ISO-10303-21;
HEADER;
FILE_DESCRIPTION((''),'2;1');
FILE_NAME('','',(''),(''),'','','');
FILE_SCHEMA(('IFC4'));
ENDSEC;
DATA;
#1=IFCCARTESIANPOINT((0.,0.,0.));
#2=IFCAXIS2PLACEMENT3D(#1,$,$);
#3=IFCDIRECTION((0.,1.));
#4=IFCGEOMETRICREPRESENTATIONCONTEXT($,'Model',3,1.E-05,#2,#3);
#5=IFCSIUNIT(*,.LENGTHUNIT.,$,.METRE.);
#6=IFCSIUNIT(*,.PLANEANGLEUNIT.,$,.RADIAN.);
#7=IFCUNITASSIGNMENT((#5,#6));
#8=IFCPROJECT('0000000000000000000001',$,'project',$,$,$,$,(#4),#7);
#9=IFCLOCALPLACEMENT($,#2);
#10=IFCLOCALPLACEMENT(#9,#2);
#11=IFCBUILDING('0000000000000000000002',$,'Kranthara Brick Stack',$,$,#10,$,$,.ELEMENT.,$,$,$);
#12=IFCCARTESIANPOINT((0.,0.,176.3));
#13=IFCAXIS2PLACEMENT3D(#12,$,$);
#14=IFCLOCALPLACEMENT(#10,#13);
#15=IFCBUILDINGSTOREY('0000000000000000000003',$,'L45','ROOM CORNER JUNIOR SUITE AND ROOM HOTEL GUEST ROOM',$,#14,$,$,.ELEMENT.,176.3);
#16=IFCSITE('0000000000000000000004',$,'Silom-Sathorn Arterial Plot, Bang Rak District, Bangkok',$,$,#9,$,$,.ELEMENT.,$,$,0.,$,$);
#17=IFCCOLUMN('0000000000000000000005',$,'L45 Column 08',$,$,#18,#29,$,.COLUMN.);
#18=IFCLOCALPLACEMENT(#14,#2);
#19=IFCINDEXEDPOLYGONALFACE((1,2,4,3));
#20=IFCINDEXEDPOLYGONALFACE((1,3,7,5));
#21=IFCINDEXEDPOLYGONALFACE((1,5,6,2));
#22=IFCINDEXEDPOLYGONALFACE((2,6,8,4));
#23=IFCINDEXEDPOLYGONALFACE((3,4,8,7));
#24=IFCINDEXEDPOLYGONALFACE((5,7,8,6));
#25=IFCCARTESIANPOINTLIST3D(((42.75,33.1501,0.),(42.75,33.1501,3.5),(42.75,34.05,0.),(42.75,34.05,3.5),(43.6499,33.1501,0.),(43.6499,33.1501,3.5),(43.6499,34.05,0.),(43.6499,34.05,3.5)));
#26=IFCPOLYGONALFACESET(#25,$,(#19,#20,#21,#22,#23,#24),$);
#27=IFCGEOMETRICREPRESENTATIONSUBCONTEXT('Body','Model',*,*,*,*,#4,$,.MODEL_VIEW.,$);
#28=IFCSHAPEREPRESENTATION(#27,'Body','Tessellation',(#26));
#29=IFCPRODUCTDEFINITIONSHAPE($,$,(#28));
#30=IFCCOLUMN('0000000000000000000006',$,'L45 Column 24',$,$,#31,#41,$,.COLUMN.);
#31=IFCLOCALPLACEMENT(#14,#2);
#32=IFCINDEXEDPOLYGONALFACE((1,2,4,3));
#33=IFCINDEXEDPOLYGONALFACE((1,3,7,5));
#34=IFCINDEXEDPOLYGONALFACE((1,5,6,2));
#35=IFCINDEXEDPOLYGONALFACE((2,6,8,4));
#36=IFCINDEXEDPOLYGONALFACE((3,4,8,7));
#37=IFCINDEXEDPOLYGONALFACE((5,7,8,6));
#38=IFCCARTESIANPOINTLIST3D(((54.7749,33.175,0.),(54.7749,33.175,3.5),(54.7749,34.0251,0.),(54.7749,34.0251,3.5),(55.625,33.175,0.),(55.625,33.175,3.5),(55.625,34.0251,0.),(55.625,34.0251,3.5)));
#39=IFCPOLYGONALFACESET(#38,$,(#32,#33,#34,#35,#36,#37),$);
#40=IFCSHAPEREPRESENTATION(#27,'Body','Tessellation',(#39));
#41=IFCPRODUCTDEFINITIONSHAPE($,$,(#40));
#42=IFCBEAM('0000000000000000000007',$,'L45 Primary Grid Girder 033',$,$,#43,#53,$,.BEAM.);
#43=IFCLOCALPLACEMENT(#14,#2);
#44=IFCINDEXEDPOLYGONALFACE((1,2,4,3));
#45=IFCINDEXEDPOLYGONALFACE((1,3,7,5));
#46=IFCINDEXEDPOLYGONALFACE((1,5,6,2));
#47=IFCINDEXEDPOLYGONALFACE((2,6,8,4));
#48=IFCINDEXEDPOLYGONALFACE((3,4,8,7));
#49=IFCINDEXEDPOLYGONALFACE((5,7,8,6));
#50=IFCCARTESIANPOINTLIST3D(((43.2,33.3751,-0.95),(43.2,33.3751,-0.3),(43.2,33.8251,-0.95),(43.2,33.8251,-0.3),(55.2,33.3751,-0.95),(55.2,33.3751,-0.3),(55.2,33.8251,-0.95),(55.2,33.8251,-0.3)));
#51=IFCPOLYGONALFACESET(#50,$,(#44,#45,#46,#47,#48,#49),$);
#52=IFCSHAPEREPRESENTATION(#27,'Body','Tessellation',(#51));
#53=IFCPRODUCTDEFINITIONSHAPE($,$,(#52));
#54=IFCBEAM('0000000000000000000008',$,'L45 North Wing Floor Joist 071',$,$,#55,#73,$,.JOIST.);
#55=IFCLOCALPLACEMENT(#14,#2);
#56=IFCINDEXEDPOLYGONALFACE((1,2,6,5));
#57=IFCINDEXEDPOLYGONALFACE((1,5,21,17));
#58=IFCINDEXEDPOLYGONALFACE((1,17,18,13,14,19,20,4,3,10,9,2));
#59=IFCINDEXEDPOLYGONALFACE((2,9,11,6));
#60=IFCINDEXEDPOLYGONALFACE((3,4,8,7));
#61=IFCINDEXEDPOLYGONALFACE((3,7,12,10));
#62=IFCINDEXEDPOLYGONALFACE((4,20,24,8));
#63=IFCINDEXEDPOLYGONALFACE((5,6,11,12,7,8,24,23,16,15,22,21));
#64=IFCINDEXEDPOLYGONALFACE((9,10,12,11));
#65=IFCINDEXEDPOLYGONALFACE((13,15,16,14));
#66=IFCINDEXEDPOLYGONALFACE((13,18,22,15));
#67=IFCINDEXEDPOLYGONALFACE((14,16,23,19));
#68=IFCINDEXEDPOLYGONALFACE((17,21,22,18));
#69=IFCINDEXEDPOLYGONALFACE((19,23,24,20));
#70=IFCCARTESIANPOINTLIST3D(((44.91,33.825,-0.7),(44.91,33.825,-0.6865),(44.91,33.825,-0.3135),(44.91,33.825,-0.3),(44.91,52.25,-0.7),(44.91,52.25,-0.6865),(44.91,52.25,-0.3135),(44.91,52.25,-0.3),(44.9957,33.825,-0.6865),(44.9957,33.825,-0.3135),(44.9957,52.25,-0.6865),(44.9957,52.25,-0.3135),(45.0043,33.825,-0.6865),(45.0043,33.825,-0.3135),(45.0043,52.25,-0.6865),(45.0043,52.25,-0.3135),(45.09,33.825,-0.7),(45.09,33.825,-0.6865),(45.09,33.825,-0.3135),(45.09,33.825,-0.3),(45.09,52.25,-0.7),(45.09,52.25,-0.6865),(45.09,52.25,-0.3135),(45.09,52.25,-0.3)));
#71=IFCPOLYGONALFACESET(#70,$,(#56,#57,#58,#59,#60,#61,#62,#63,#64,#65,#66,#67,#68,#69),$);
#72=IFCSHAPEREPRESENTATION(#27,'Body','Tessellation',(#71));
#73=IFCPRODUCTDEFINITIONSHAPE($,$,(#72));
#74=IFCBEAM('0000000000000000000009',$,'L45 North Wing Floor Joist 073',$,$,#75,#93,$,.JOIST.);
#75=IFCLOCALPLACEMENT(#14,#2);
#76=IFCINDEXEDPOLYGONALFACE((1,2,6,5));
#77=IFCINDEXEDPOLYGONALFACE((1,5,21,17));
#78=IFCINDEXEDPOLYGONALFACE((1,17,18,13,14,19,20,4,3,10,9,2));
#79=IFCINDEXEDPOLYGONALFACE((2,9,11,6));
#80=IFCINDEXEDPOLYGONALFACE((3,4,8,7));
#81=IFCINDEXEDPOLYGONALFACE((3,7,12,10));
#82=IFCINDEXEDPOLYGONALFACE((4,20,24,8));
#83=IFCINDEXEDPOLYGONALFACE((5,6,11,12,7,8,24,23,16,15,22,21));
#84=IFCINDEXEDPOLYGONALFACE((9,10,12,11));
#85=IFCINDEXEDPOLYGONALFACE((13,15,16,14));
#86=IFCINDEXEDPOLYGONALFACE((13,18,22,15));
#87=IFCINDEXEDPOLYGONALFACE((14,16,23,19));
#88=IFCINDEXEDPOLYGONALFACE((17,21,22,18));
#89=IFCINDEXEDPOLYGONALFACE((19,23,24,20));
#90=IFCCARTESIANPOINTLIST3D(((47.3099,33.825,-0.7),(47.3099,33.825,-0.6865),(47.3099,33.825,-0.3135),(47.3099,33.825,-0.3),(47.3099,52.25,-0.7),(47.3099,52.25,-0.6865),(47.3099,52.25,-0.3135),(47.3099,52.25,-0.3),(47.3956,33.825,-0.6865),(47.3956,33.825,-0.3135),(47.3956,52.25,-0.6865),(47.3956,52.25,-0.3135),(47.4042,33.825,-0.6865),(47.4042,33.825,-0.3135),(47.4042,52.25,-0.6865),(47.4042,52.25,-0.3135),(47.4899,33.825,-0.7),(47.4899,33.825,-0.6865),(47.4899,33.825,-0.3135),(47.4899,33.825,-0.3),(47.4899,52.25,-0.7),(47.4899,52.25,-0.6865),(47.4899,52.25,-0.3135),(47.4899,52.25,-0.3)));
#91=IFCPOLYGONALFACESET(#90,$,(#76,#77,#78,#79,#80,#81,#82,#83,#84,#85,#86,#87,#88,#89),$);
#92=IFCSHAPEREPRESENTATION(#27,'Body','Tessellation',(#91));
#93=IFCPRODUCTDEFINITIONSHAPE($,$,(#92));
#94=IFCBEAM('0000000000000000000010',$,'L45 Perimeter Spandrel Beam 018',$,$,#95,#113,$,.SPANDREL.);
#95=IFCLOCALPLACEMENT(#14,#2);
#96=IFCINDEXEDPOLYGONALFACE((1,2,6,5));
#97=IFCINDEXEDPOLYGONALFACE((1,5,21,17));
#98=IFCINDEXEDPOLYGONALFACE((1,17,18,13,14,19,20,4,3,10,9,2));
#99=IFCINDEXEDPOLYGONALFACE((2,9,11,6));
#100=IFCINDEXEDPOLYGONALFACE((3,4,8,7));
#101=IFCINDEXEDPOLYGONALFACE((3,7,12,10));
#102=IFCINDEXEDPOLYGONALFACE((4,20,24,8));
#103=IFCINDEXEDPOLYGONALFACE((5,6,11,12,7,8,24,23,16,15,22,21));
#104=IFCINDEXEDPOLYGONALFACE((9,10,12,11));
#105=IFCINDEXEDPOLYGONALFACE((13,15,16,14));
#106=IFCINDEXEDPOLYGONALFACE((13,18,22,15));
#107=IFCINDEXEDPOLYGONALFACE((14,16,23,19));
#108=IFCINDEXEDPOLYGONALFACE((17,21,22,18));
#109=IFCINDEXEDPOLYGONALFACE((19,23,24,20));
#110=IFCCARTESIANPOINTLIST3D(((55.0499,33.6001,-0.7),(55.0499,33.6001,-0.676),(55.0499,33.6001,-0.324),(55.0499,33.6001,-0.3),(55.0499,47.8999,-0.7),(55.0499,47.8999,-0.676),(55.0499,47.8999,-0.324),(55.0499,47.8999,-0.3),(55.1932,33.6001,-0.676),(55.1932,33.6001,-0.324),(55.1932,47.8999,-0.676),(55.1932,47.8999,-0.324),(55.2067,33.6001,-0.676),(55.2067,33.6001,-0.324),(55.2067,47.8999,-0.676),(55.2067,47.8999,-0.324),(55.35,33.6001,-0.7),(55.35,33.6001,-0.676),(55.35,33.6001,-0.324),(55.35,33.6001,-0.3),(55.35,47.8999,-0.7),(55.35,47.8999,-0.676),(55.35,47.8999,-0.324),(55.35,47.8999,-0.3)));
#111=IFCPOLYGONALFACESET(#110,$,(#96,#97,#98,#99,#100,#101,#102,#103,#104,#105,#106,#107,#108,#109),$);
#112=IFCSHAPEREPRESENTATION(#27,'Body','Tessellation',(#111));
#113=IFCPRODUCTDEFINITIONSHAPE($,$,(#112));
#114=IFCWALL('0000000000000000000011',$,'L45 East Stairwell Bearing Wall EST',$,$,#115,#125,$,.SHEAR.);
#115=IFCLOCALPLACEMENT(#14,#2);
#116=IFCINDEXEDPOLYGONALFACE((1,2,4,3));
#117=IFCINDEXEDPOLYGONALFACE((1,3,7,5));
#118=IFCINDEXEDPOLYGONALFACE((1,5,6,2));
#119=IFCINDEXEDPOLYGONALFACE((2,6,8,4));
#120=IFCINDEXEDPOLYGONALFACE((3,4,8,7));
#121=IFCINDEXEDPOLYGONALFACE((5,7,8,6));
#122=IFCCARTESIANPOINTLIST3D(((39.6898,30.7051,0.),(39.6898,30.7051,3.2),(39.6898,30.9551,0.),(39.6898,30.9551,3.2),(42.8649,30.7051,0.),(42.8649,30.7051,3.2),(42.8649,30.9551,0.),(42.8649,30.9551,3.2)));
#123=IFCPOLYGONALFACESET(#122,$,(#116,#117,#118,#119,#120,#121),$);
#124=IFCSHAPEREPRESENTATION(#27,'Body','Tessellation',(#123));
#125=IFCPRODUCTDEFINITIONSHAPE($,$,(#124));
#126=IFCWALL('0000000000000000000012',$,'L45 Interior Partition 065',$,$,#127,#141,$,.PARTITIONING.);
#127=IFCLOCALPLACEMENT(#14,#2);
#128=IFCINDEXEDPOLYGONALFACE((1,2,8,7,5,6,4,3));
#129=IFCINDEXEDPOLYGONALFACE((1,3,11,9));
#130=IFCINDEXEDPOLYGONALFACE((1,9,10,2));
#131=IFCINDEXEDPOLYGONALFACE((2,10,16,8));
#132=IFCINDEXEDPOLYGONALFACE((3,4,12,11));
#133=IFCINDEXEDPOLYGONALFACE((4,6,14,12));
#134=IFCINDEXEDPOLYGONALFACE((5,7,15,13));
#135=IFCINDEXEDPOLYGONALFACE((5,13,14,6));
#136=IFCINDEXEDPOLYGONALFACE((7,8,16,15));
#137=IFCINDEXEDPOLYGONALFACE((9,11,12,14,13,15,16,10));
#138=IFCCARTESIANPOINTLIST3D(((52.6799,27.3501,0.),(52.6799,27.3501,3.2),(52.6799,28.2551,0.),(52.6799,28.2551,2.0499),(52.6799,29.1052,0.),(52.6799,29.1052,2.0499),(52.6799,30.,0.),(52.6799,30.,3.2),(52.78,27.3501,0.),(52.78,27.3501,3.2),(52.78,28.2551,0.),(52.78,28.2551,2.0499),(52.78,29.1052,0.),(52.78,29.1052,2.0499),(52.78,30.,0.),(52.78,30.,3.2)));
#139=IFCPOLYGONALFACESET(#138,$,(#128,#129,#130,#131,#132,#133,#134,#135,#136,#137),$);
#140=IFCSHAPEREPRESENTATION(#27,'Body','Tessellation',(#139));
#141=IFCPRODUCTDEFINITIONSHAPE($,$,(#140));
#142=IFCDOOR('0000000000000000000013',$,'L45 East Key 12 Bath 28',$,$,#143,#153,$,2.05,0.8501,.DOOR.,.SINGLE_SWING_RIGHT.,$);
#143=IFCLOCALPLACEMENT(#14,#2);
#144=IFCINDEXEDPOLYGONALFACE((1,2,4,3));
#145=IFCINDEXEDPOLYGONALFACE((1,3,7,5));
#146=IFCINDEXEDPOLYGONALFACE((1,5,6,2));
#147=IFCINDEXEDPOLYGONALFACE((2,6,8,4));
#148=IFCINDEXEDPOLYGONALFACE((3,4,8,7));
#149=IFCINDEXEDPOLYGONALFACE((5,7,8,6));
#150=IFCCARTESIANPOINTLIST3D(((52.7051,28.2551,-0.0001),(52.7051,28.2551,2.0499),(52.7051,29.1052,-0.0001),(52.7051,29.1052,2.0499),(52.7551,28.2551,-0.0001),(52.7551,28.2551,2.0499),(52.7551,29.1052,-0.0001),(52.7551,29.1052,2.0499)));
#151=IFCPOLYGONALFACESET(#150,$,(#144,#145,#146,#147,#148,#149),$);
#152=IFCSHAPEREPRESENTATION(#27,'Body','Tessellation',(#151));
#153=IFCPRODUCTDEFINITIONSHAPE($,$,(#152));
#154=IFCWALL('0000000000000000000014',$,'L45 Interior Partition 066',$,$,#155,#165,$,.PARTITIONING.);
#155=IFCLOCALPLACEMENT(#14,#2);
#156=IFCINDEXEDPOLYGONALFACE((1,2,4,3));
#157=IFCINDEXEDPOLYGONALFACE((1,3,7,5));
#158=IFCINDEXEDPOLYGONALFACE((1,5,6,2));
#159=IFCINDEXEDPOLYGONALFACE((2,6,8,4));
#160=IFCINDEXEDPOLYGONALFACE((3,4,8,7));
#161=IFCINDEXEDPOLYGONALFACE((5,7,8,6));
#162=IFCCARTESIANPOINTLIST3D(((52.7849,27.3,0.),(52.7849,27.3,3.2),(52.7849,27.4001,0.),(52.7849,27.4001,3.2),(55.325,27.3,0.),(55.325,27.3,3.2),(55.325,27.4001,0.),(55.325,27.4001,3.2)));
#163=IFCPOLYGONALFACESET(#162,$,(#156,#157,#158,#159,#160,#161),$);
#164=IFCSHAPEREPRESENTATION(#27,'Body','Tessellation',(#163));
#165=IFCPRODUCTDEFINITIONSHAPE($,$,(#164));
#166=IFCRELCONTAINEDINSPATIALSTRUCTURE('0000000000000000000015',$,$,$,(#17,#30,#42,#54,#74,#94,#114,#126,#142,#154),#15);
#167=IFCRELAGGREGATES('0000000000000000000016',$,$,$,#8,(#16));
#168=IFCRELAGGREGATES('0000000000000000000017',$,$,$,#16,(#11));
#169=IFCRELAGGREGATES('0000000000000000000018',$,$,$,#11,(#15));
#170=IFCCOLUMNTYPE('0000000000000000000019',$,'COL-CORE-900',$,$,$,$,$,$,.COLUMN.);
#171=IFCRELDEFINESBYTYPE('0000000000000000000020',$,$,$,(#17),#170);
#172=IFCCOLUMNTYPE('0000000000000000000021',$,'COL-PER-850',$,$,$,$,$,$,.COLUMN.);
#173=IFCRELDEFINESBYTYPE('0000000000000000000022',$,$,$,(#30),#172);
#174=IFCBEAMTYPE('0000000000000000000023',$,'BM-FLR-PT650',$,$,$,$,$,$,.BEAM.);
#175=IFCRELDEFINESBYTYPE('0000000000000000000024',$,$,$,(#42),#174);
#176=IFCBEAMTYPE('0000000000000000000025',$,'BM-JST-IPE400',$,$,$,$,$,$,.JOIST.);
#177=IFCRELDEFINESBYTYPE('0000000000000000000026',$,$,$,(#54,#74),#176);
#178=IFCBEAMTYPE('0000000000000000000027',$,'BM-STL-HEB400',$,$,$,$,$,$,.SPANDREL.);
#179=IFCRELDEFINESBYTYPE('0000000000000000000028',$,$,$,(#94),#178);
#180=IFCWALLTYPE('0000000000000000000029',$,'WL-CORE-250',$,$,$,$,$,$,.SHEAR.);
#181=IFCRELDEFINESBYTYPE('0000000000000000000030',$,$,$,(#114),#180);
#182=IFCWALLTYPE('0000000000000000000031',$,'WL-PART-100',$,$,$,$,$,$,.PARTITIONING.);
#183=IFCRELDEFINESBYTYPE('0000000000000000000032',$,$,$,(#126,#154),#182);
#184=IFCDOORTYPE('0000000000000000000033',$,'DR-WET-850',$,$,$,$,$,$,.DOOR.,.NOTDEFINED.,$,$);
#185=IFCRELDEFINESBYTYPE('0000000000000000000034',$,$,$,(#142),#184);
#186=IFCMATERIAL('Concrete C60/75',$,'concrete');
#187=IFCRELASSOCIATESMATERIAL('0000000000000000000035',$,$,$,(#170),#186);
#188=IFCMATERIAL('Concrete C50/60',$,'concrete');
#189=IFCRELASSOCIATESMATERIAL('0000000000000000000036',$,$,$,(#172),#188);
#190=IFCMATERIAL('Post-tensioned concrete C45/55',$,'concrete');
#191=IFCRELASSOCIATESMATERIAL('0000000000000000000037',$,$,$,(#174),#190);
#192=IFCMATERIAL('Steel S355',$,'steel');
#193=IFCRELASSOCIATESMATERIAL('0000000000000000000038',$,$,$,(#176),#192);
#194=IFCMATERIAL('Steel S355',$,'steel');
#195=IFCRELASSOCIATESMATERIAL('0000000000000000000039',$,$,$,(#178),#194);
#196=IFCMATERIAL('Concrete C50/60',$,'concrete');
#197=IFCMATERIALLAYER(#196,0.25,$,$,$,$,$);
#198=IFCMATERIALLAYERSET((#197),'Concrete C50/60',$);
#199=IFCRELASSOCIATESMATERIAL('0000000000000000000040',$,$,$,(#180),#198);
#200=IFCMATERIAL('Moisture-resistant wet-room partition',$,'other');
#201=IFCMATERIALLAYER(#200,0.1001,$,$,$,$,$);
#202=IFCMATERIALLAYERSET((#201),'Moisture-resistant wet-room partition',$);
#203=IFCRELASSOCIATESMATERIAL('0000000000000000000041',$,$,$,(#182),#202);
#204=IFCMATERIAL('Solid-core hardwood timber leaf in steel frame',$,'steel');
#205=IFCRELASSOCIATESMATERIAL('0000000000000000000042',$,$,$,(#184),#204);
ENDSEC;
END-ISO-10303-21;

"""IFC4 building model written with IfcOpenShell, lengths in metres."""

from ifc_helpers import new_model, si_unit, direction, frame, frame_2d, origin, origin_2d, place, context, subcontext, project, spatial, rectangle, i_section, extrude, material, layer, layer_set, material_profile, profile_set, type_object, element, fill, save


model = new_model("IFC4")

# Units and contexts
model_context = context("Model", 3, precision=1e-05, world=origin(), true_north=direction((0.0, 1.0)))
body_context = subcontext(model_context, "Body", "Model", "MODEL_VIEW")
ifc_project = project(units=[si_unit("LENGTHUNIT", "METRE"), si_unit("PLANEANGLEUNIT", "RADIAN")], contexts=[model_context])

# Site, building, storey
site_placement = place(None, origin())
site = spatial("IfcSite", under=ifc_project, at=site_placement, Name="Silom-Sathorn Arterial Plot, Bang Rak District, Bangkok", CompositionType="ELEMENT", RefElevation=0.0)
building_placement = place(site_placement, origin())
building = spatial("IfcBuilding", under=site, at=building_placement, Name="Kranthara Brick Stack", CompositionType="ELEMENT")
storey_placement = place(building_placement, frame((0.0, 0.0, 176.3)))
storey = spatial("IfcBuildingStorey", under=building, at=storey_placement, Name="L45", Description="ROOM CORNER JUNIOR SUITE AND ROOM HOTEL GUEST ROOM", CompositionType="ELEMENT", Elevation=176.3)

# Columns
ifc_material_1 = material(Name="Concrete C60/75", Category="concrete")
ifc_material_profile_1 = material_profile(ifc_material_1, rectangle(XDim=0.8999, YDim=0.8999, at=origin_2d()), Name="RC 900x900")
ifc_profile_set_1 = profile_set([ifc_material_profile_1], Name="Concrete C60/75")
column_type_1 = type_object("IfcColumnType", Name="COL-CORE-900", PredefinedType="COLUMN", material=ifc_profile_set_1)
column_1_placement = place(storey_placement, frame((43.2, 33.6001, 0.0), z_axis=(0.0, 0.0, 1.0), x_axis=(1.0, 0.0, 0.0)))
element("IfcColumn", 1, at=column_1_placement, inside=storey, type_object=column_type_1, Name="L45 Column 08", PredefinedType="COLUMN", context=body_context, shape_type="SweptSolid", body=[
    extrude(rectangle(XDim=0.8999, YDim=0.8999, at=origin_2d()), origin(), (0.0, 0.0, 1.0), 3.5),
])
ifc_material_2 = material(Name="Concrete C50/60", Category="concrete")
ifc_material_profile_2 = material_profile(ifc_material_2, rectangle(XDim=0.8501, YDim=0.8501, at=origin_2d()), Name="RC 850x850")
ifc_profile_set_2 = profile_set([ifc_material_profile_2], Name="Concrete C50/60")
column_type_2 = type_object("IfcColumnType", Name="COL-PER-850", PredefinedType="COLUMN", material=ifc_profile_set_2)
column_2_placement = place(storey_placement, frame((55.2, 33.6001, 0.0), z_axis=(0.0, 0.0, 1.0), x_axis=(1.0, 0.0, 0.0)))
element("IfcColumn", 2, at=column_2_placement, inside=storey, type_object=column_type_2, Name="L45 Column 24", PredefinedType="COLUMN", context=body_context, shape_type="SweptSolid", body=[
    extrude(rectangle(XDim=0.8501, YDim=0.8501, at=origin_2d()), origin(), (0.0, 0.0, 1.0), 3.5),
])

# Beams
ifc_material_3 = material(Name="Post-tensioned concrete C45/55", Category="concrete")
ifc_material_profile_3 = material_profile(ifc_material_3, rectangle(XDim=0.45, YDim=0.6499, at=origin_2d()), Name="PT 450x650")
ifc_profile_set_3 = profile_set([ifc_material_profile_3], Name="Post-tensioned concrete C45/55")
beam_type_1 = type_object("IfcBeamType", Name="BM-FLR-PT650", PredefinedType="BEAM", material=ifc_profile_set_3)
beam_1_placement = place(storey_placement, frame((43.2, 33.6001, -0.625), z_axis=(1.0, 0.0, 0.0), x_axis=(0.0, 1.0, 0.0)))
element("IfcBeam", 3, at=beam_1_placement, inside=storey, type_object=beam_type_1, Name="L45 Primary Grid Girder 033", PredefinedType="BEAM", context=body_context, shape_type="SweptSolid", body=[
    extrude(rectangle(XDim=0.45, YDim=0.6499, at=origin_2d()), origin(), (0.0, 0.0, 1.0), 12.0),
])
ifc_material_4 = material(Name="Steel S355", Category="steel")
ifc_material_profile_4 = material_profile(ifc_material_4, i_section(OverallWidth=0.1799, OverallDepth=0.3999, WebThickness=0.0085, FlangeThickness=0.0134, at=origin_2d()), Name="IPE 400")
ifc_profile_set_4 = profile_set([ifc_material_profile_4], Name="Steel S355")
beam_type_2 = type_object("IfcBeamType", Name="BM-JST-IPE400", PredefinedType="JOIST", material=ifc_profile_set_4)
for number, where, z_axis, x_axis, name in (
    (4, (45.0, 33.825, -0.5), (0.0, 1.0, 0.0), (-1.0, 0.0, 0.0), "L45 North Wing Floor Joist 071"),
    (5, (47.3999, 33.825, -0.5), (0.0, 1.0, 0.0), (-1.0, 0.0, 0.0), "L45 North Wing Floor Joist 073"),
):
    element("IfcBeam", number, at=place(storey_placement, frame(where, z_axis=z_axis, x_axis=x_axis)), inside=storey, type_object=beam_type_2, Name=name, PredefinedType="JOIST", context=body_context, shape_type="SweptSolid", body=[
        extrude(i_section(OverallWidth=0.1799, OverallDepth=0.3999, WebThickness=0.0085, FlangeThickness=0.0134, at=origin_2d()), origin(), (0.0, 0.0, 1.0), 18.425),
    ])
ifc_material_5 = material(Name="Steel S355", Category="steel")
ifc_material_profile_5 = material_profile(ifc_material_5, i_section(OverallWidth=0.3, OverallDepth=0.3999, WebThickness=0.0134, FlangeThickness=0.0239, at=origin_2d()), Name="HEB 400")
ifc_profile_set_5 = profile_set([ifc_material_profile_5], Name="Steel S355")
beam_type_3 = type_object("IfcBeamType", Name="BM-STL-HEB400", PredefinedType="SPANDREL", material=ifc_profile_set_5)
beam_2_placement = place(storey_placement, frame((55.2, 33.6001, -0.5), z_axis=(0.0, 1.0, 0.0), x_axis=(-1.0, 0.0, 0.0)))
element("IfcBeam", 6, at=beam_2_placement, inside=storey, type_object=beam_type_3, Name="L45 Perimeter Spandrel Beam 018", PredefinedType="SPANDREL", context=body_context, shape_type="SweptSolid", body=[
    extrude(i_section(OverallWidth=0.3, OverallDepth=0.3999, WebThickness=0.0134, FlangeThickness=0.0239, at=origin_2d()), origin(), (0.0, 0.0, 1.0), 14.2998),
])

# Wall
ifc_material_6 = material(Name="Concrete C50/60", Category="concrete")
ifc_layer_1 = layer(ifc_material_6, 0.25)
ifc_layer_set_1 = layer_set([ifc_layer_1], Name="Concrete C50/60")
wall_type_1 = type_object("IfcWallType", Name="WL-CORE-250", PredefinedType="SHEAR", material=ifc_layer_set_1)
wall_1_placement = place(storey_placement, frame((39.6899, 30.8301, 0.0), z_axis=(0.0, 0.0, 1.0), x_axis=(1.0, 0.0, 0.0)))
element("IfcWall", 7, at=wall_1_placement, inside=storey, type_object=wall_type_1, Name="L45 East Stairwell Bearing Wall EST", PredefinedType="SHEAR", context=body_context, shape_type="SweptSolid", body=[
    extrude(rectangle(XDim=3.175, YDim=0.25, at=frame_2d((1.5874, 0.0))), origin(), (0.0, 0.0, 1.0), 3.2),
])

# Wall, opening, door
ifc_material_7 = material(Name="Moisture-resistant wet-room partition", Category="other")
ifc_layer_2 = layer(ifc_material_7, 0.1001)
ifc_layer_set_2 = layer_set([ifc_layer_2], Name="Moisture-resistant wet-room partition")
wall_type_2 = type_object("IfcWallType", Name="WL-PART-100", PredefinedType="PARTITIONING", material=ifc_layer_set_2)
wall_2_placement = place(storey_placement, frame((52.73, 27.3501, 0.0), z_axis=(0.0, 0.0, 1.0), x_axis=(0.0, 1.0, 0.0)))
wall_2 = element("IfcWall", 8, at=wall_2_placement, inside=storey, type_object=wall_type_2, Name="L45 Interior Partition 065", PredefinedType="PARTITIONING", context=body_context, shape_type="SweptSolid", body=[
    extrude(rectangle(XDim=2.6499, YDim=0.1001, at=frame_2d((1.325, 0.0))), origin(), (0.0, 0.0, 1.0), 3.2),
])
opening_1_placement = place(wall_2_placement, frame((0.905, 0.0, 0.0)))
opening_1 = element("IfcOpeningElement", 9, at=opening_1_placement, cuts=wall_2, PredefinedType="OPENING", context=body_context, shape_type="SweptSolid", body=[
    extrude(rectangle(XDim=0.8501, YDim=2.05, at=frame_2d((0.425, 1.0249))), frame((0.0, 0.0601, 0.0), z_axis=(0.0, -1.0, 0.0), x_axis=(1.0, 0.0, 0.0)), (0.0, 0.0, 1.0), 0.1201),
])
ifc_material_8 = material(Name="Solid-core hardwood timber leaf in steel frame", Category="steel")
door_type_1 = type_object("IfcDoorType", Name="DR-WET-850", OperationType="NOTDEFINED", PredefinedType="DOOR", material=ifc_material_8)
door_1_placement = place(opening_1_placement, origin())
door_1 = element("IfcDoor", 10, at=door_1_placement, inside=storey, type_object=door_type_1, Name="L45 East Key 12 Bath 28", OperationType="SINGLE_SWING_RIGHT", OverallHeight=2.05, OverallWidth=0.8501, PredefinedType="DOOR", context=body_context, shape_type="SweptSolid", body=[
    extrude(rectangle(XDim=0.8501, YDim=2.05, at=frame_2d((0.425, 1.0249))), frame((0.0, 0.0249, 0.0), z_axis=(0.0, -1.0, 0.0), x_axis=(1.0, 0.0, 0.0)), (0.0, 0.0, 1.0), 0.05),
])
fill(opening_1, door_1)

# Wall
wall_3_placement = place(storey_placement, frame((52.7849, 27.3501, 0.0), z_axis=(0.0, 0.0, 1.0), x_axis=(1.0, 0.0, 0.0)))
element("IfcWall", 11, at=wall_3_placement, inside=storey, type_object=wall_type_2, Name="L45 Interior Partition 066", PredefinedType="PARTITIONING", context=body_context, shape_type="SweptSolid", body=[
    extrude(rectangle(XDim=2.54, YDim=0.1001, at=frame_2d((1.27, 0.0))), origin(), (0.0, 0.0, 1.0), 3.2),
])

save(model, "model.ifc")
